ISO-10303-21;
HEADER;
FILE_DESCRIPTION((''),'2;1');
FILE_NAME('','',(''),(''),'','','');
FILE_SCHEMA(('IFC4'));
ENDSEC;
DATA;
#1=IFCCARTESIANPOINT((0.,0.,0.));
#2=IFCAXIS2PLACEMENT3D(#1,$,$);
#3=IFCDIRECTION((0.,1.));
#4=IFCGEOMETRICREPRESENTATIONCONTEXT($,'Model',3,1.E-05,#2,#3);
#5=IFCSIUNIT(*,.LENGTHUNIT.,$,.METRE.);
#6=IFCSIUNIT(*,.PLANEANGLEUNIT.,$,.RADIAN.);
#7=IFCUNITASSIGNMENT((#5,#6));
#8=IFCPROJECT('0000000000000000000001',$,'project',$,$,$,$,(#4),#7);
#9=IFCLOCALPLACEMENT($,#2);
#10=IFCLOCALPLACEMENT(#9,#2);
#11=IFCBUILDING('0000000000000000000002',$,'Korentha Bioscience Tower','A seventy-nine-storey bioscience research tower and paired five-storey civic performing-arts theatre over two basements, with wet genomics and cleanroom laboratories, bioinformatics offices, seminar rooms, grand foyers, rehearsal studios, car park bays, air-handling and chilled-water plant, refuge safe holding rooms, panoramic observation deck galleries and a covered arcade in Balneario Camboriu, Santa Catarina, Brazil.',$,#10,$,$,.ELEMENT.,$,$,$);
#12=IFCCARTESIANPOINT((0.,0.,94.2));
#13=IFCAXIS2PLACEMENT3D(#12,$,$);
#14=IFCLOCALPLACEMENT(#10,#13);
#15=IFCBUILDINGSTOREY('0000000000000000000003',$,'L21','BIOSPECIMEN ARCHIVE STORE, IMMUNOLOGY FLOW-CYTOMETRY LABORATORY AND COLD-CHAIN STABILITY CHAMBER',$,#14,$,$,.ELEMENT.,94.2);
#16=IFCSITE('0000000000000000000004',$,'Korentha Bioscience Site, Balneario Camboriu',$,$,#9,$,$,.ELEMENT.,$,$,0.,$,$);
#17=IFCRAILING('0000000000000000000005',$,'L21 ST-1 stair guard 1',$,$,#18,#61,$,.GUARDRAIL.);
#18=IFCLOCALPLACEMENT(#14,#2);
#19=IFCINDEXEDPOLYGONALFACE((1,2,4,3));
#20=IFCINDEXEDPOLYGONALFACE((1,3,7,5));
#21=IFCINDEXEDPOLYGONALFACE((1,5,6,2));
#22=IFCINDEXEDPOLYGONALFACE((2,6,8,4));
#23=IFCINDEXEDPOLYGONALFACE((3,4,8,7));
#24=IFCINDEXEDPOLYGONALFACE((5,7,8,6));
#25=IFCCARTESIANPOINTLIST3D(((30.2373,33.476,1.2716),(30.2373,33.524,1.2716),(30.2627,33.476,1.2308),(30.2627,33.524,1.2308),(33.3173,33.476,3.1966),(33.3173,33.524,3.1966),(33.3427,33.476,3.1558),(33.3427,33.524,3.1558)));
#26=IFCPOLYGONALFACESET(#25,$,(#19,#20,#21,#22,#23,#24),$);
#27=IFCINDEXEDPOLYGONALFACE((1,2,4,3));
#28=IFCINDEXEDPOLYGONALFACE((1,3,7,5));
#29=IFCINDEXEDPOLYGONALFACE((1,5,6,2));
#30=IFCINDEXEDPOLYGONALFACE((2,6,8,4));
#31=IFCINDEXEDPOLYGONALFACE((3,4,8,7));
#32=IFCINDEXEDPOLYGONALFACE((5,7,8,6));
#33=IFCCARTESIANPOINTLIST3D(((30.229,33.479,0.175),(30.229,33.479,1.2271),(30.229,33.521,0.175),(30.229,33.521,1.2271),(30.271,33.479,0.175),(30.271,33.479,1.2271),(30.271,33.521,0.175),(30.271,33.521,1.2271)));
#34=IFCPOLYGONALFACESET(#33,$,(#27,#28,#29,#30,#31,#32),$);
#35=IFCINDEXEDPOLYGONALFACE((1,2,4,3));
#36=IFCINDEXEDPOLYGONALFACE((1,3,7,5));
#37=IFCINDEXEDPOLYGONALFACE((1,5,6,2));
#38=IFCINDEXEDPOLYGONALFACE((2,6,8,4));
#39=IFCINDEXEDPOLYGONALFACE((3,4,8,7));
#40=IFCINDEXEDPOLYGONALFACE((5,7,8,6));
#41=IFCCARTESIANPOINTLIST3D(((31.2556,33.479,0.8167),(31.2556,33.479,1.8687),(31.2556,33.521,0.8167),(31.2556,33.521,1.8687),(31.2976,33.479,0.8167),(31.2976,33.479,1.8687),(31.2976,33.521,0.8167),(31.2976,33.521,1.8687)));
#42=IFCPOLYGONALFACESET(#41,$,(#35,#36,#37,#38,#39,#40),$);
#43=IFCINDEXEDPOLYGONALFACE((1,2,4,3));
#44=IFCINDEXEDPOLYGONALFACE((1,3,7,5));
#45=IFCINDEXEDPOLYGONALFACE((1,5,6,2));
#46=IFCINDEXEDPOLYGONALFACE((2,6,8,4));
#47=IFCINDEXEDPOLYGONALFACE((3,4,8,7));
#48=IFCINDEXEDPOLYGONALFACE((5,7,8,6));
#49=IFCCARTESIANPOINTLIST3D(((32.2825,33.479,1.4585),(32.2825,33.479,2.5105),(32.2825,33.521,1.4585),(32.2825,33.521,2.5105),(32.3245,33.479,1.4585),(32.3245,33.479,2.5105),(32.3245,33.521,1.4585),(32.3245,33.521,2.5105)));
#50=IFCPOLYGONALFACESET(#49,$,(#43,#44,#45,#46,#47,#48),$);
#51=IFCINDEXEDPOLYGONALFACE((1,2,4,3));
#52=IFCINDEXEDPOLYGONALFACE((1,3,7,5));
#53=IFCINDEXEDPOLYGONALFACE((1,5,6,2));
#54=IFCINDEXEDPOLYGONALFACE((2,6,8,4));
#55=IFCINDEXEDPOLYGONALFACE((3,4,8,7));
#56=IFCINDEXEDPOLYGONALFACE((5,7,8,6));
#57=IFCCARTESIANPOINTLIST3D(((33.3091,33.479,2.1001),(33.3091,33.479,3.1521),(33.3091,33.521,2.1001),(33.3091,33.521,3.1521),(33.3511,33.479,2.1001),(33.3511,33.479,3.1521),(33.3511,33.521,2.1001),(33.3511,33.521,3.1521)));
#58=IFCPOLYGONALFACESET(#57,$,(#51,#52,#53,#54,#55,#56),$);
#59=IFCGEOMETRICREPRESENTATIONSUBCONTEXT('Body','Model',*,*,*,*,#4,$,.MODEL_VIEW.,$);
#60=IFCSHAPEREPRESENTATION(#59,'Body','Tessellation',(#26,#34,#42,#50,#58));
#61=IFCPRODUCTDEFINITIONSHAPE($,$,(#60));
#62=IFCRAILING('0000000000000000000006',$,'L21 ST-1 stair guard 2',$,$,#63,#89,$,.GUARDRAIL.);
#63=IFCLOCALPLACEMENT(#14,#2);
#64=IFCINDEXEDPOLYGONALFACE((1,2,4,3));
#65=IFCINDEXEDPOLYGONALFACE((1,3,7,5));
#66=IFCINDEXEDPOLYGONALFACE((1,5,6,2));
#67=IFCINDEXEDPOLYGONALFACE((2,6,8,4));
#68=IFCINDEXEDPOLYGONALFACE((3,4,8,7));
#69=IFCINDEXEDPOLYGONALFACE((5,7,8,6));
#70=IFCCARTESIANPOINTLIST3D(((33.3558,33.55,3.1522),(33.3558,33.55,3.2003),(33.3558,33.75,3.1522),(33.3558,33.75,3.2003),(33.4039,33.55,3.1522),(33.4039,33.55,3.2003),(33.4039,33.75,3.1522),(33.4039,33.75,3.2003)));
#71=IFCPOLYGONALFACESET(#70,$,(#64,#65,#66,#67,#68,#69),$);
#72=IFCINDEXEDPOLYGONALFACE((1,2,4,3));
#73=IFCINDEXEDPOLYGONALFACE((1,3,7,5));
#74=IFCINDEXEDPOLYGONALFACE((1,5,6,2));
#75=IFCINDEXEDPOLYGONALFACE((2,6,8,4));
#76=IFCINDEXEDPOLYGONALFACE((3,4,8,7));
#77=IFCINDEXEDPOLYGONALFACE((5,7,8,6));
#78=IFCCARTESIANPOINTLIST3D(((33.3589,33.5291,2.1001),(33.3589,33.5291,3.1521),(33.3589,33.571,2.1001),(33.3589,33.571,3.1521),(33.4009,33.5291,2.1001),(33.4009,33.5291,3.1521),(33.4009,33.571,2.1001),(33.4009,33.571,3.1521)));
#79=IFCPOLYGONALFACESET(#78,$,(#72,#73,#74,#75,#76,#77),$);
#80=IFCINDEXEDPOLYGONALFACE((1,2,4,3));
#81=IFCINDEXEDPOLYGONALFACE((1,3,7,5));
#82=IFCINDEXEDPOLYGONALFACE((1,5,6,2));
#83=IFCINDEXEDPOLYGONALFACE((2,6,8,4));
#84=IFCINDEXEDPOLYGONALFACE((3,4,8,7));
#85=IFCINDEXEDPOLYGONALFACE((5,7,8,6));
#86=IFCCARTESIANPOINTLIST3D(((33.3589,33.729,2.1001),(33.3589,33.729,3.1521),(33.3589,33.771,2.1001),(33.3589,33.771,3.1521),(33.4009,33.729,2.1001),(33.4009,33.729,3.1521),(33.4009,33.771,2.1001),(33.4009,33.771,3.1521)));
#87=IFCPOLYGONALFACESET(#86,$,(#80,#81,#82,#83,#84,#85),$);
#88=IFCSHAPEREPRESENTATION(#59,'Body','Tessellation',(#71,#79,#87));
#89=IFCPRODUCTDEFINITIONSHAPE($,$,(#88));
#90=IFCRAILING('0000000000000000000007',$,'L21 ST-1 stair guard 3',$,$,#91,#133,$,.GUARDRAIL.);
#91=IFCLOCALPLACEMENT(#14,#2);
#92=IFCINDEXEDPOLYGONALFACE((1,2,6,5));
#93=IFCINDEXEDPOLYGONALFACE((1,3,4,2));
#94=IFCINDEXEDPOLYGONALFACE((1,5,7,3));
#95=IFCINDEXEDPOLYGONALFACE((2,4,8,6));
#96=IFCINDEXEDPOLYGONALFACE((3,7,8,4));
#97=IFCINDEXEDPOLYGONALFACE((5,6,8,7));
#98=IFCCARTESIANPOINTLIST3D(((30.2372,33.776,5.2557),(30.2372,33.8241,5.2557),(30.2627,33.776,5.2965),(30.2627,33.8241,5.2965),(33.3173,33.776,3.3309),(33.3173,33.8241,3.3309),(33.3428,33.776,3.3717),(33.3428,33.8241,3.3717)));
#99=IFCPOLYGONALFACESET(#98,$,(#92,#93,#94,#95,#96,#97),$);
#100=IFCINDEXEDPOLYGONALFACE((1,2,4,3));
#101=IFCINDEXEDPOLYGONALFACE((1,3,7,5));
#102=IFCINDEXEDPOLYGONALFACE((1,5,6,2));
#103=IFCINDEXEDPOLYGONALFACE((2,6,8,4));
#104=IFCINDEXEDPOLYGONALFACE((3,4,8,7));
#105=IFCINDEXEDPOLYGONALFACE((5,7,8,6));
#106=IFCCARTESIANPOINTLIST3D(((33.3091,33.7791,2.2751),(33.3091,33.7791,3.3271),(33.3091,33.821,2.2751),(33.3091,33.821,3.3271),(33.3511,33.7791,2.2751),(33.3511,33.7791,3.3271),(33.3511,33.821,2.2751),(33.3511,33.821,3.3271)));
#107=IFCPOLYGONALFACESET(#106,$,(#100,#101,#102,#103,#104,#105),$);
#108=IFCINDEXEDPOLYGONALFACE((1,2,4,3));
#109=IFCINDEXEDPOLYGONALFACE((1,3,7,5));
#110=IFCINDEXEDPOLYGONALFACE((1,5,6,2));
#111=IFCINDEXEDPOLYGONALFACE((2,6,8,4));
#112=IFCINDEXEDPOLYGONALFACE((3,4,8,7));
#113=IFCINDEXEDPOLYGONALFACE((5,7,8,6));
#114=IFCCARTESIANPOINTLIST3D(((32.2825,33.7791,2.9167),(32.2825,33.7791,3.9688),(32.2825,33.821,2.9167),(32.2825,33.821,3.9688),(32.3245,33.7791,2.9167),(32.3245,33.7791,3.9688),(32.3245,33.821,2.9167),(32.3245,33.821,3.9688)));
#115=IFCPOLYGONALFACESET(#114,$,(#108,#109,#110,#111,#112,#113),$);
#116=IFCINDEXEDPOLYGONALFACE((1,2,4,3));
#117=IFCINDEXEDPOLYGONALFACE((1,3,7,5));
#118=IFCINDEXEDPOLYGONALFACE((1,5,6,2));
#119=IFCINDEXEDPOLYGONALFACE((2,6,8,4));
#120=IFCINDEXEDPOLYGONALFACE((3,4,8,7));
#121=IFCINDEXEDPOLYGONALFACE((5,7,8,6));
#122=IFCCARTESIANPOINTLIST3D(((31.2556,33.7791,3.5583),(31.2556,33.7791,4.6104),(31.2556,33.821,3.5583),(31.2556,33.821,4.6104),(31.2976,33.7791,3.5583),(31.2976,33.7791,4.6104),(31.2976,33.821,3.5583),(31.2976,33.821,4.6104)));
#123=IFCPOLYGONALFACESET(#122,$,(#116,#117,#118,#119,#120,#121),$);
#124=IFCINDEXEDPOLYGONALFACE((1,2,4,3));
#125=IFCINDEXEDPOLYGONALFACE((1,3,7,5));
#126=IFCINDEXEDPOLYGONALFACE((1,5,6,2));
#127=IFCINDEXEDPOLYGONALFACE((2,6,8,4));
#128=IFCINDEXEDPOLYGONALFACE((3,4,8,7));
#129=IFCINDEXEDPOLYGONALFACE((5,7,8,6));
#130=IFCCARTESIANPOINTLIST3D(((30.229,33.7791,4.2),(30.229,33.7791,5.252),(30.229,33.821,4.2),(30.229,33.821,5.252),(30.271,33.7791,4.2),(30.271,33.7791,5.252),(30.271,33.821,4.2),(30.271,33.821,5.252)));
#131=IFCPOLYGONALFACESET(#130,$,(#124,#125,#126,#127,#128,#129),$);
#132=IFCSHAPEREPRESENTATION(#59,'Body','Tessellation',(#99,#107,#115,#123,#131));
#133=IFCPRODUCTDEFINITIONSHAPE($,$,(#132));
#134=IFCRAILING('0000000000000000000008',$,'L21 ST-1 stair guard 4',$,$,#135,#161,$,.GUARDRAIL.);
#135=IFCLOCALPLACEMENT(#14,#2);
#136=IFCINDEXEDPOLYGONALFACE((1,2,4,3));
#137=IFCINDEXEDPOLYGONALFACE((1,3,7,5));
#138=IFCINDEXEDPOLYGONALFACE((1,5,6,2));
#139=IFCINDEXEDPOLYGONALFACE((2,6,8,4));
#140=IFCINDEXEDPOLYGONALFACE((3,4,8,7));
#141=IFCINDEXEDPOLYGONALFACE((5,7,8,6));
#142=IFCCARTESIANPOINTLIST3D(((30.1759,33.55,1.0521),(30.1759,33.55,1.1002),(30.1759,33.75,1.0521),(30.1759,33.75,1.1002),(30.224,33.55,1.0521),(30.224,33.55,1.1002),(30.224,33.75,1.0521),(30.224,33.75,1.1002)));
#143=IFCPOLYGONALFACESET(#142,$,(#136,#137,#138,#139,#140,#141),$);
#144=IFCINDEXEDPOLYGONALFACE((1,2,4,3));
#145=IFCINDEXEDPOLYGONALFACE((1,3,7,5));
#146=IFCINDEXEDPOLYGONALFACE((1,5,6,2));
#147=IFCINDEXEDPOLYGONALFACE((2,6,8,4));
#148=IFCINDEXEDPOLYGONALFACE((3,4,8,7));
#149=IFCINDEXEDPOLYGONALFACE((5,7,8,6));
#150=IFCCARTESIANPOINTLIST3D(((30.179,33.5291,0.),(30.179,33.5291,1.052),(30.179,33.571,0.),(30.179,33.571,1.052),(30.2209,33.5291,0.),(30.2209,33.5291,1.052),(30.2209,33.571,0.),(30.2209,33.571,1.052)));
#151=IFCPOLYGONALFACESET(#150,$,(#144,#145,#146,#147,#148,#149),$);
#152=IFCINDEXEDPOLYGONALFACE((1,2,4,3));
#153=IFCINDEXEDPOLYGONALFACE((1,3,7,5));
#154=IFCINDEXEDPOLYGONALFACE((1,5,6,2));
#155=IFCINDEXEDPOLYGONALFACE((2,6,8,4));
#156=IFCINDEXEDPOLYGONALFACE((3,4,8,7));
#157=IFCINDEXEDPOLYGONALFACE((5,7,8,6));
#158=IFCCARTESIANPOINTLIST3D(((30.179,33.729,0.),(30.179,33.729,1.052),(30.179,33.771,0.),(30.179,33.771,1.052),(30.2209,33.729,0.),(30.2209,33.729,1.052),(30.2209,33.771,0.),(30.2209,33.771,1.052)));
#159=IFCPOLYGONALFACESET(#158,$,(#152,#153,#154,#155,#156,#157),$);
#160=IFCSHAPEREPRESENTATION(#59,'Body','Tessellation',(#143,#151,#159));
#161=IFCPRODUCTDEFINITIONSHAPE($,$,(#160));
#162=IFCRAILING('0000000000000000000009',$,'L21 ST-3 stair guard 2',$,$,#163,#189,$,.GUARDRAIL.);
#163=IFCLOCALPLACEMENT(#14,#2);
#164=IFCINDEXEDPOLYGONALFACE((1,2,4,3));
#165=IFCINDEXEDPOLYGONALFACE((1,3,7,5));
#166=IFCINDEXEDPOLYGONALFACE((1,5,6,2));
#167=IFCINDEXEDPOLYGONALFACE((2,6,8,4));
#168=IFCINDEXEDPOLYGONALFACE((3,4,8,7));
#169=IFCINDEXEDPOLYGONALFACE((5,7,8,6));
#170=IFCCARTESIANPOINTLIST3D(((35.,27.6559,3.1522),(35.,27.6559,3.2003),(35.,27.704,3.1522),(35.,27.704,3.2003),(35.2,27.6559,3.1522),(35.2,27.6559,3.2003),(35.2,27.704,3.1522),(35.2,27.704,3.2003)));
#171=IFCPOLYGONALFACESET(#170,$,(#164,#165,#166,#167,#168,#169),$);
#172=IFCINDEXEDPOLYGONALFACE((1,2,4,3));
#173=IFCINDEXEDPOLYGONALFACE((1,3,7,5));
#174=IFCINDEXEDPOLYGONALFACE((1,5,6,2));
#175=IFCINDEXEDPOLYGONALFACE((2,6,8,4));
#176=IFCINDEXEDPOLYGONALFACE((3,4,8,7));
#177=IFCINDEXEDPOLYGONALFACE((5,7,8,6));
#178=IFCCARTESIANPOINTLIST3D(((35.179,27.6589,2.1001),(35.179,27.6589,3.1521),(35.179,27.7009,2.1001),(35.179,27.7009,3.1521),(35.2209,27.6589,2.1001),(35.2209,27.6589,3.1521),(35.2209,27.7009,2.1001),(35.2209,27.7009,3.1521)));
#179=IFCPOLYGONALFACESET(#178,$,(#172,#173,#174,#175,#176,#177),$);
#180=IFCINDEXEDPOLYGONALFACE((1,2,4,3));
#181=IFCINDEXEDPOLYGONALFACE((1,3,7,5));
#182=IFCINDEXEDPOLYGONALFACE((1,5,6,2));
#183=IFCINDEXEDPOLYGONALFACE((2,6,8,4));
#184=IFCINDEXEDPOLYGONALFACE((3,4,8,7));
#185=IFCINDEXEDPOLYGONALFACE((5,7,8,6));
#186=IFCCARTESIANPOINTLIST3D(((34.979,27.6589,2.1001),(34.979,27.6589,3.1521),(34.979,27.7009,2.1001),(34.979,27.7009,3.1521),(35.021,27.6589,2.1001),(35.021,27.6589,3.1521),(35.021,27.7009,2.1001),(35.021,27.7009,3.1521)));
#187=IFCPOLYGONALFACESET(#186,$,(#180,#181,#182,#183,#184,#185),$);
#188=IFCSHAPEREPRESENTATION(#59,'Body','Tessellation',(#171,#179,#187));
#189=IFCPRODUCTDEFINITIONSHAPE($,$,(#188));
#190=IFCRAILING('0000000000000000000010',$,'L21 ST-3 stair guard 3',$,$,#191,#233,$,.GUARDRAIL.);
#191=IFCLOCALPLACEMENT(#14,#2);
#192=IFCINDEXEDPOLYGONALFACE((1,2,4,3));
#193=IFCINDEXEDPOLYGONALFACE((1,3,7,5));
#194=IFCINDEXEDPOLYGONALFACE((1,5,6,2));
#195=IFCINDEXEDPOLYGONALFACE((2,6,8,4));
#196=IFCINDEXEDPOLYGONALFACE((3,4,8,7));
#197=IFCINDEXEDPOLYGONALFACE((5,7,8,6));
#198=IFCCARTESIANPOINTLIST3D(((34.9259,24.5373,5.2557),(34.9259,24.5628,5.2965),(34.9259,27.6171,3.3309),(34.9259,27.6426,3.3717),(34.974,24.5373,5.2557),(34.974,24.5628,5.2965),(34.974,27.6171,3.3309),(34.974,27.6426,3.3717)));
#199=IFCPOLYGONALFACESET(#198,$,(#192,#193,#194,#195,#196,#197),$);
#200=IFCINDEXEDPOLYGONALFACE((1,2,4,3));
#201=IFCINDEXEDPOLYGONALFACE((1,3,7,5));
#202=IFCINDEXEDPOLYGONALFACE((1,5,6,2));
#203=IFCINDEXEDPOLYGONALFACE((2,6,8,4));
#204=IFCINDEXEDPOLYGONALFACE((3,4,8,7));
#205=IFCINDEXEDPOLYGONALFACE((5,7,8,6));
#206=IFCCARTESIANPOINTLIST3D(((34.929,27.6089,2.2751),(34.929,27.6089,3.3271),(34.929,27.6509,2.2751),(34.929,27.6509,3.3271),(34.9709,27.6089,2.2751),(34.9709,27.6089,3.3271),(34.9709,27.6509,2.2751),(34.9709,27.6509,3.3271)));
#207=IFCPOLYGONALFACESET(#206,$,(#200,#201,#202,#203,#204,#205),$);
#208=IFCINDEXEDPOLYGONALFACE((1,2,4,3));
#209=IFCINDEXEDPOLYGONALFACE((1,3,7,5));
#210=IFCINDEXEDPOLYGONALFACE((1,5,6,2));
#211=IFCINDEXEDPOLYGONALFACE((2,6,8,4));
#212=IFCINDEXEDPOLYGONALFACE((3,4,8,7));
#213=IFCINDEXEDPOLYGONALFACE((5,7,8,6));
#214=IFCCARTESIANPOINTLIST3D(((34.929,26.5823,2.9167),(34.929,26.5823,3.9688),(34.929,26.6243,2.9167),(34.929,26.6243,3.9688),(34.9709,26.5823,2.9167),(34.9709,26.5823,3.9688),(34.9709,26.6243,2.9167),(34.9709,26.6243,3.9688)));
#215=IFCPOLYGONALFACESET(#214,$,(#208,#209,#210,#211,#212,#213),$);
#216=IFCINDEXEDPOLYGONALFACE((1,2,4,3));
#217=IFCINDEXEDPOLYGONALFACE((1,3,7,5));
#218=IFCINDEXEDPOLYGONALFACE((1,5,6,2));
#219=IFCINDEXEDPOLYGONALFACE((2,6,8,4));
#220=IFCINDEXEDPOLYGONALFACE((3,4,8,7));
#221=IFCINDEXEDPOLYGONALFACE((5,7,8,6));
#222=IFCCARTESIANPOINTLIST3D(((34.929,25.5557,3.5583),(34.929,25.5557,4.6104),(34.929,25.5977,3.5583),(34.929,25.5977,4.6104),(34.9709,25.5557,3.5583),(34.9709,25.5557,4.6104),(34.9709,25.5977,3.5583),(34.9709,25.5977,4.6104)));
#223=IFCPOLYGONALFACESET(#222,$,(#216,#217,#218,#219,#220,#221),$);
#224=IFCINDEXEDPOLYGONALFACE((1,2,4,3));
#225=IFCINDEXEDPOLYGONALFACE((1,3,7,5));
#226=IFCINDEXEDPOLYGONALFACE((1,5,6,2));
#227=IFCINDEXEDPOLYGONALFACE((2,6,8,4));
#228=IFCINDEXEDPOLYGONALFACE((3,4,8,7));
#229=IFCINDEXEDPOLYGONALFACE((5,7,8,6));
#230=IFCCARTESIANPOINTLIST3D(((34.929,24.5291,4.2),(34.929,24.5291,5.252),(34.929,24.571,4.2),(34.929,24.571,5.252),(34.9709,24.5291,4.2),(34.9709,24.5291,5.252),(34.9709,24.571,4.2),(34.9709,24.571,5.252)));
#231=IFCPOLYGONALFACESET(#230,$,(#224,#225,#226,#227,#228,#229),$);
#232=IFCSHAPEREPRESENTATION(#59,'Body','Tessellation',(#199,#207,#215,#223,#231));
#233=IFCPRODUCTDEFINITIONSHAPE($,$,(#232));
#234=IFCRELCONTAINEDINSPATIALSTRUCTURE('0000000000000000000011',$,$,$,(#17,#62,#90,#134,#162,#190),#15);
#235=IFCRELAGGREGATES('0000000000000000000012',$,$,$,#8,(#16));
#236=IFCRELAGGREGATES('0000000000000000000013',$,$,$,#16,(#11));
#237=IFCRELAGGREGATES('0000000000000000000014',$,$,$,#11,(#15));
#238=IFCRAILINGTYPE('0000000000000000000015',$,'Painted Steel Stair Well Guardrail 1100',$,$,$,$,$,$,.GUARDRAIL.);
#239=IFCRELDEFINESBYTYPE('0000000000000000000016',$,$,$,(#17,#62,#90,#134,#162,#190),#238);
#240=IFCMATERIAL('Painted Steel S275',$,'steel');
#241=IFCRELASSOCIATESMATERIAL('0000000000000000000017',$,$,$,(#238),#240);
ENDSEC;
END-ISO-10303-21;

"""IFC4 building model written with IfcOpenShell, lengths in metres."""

from ifc_helpers import new_model, si_unit, direction, frame, origin, origin_2d, place, context, subcontext, project, spatial, rectangle, extrude, material, type_object, element, save


model = new_model("IFC4")

# Units and contexts
model_context = context("Model", 3, precision=1e-05, world=origin(), true_north=direction((0.0, 1.0)))
body_context = subcontext(model_context, "Body", "Model", "MODEL_VIEW")
ifc_project = project(units=[si_unit("LENGTHUNIT", "METRE"), si_unit("PLANEANGLEUNIT", "RADIAN")], contexts=[model_context])

# Site, building, storey
site_placement = place(None, origin())
site = spatial("IfcSite", under=ifc_project, at=site_placement, Name="Korentha Bioscience Site, Balneario Camboriu", CompositionType="ELEMENT", RefElevation=0.0)
building_placement = place(site_placement, origin())
building = spatial("IfcBuilding", under=site, at=building_placement, Name="Korentha Bioscience Tower", Description="A seventy-nine-storey bioscience research tower and paired five-storey civic performing-arts theatre over two basements, with wet genomics and cleanroom laboratories, bioinformatics offices, seminar rooms, grand foyers, rehearsal studios, car park bays, air-handling and chilled-water plant, refuge safe holding rooms, panoramic observation deck galleries and a covered arcade in Balneario Camboriu, Santa Catarina, Brazil.", CompositionType="ELEMENT")
storey_placement = place(building_placement, frame((0.0, 0.0, 94.2)))
storey = spatial("IfcBuildingStorey", under=building, at=storey_placement, Name="L21", Description="BIOSPECIMEN ARCHIVE STORE, IMMUNOLOGY FLOW-CYTOMETRY LABORATORY AND COLD-CHAIN STABILITY CHAMBER", CompositionType="ELEMENT", Elevation=94.2)

# Railings
ifc_material_1 = material(Name="Painted Steel S275", Category="steel")
railing_type_1 = type_object("IfcRailingType", Name="Painted Steel Stair Well Guardrail 1100", PredefinedType="GUARDRAIL", material=ifc_material_1)
railing_1_placement = place(storey_placement, frame((30.25, 33.5, 0.175)))
element("IfcRailing", 1, at=railing_1_placement, inside=storey, type_object=railing_type_1, Name="L21 ST-1 stair guard 1", PredefinedType="GUARDRAIL", context=body_context, shape_type="SweptSolid", body=[
    extrude(rectangle(XDim=0.0481, YDim=0.0481, at=origin_2d()), frame((0.0, 0.0, 1.0762), z_axis=(0.847998, 0.0, 0.529999), x_axis=(0.0, 1.0, 0.0)), (0.0, 0.0, 1.0), 3.6321),
    extrude(rectangle(XDim=0.042, YDim=0.042, at=origin_2d()), origin(), (0.0, 0.0, 1.0), 1.052),
    extrude(rectangle(XDim=0.042, YDim=0.042, at=origin_2d()), frame((1.0266, 0.0, 0.6416)), (0.0, 0.0, 1.0), 1.052),
    extrude(rectangle(XDim=0.042, YDim=0.042, at=origin_2d()), frame((2.0535, 0.0, 1.2834)), (0.0, 0.0, 1.0), 1.052),
    extrude(rectangle(XDim=0.042, YDim=0.042, at=origin_2d()), frame((3.0801, 0.0, 1.925)), (0.0, 0.0, 1.0), 1.052),
])
railing_2_placement = place(storey_placement, frame((33.3799, 33.55, 2.1001)))
element("IfcRailing", 2, at=railing_2_placement, inside=storey, type_object=railing_type_1, Name="L21 ST-1 stair guard 2", PredefinedType="GUARDRAIL", context=body_context, shape_type="SweptSolid", body=[
    extrude(rectangle(XDim=0.0481, YDim=0.0481, at=origin_2d()), frame((0.0, 0.0, 1.0762), z_axis=(0.0, 1.0, 0.0), x_axis=(-1.0, 0.0, 0.0)), (0.0, 0.0, 1.0), 0.2),
    extrude(rectangle(XDim=0.042, YDim=0.042, at=origin_2d()), origin(), (0.0, 0.0, 1.0), 1.052),
    extrude(rectangle(XDim=0.042, YDim=0.042, at=origin_2d()), frame((0.0, 0.2, 0.0)), (0.0, 0.0, 1.0), 1.052),
])
railing_3_placement = place(storey_placement, frame((33.3301, 33.8, 2.2751)))
element("IfcRailing", 3, at=railing_3_placement, inside=storey, type_object=railing_type_1, Name="L21 ST-1 stair guard 3", PredefinedType="GUARDRAIL", context=body_context, shape_type="SweptSolid", body=[
    extrude(rectangle(XDim=0.0481, YDim=0.0481, at=origin_2d()), frame((0.0, 0.0, 1.0762), z_axis=(-0.848029, 0.0, 0.529951), x_axis=(0.0, -1.0, 0.0)), (0.0, 0.0, 1.0), 3.6321),
    extrude(rectangle(XDim=0.042, YDim=0.042, at=origin_2d()), origin(), (0.0, 0.0, 1.0), 1.052),
    extrude(rectangle(XDim=0.042, YDim=0.042, at=origin_2d()), frame((-1.0266, 0.0, 0.6416)), (0.0, 0.0, 1.0), 1.052),
    extrude(rectangle(XDim=0.042, YDim=0.042, at=origin_2d()), frame((-2.0535, 0.0, 1.2832)), (0.0, 0.0, 1.0), 1.052),
    extrude(rectangle(XDim=0.042, YDim=0.042, at=origin_2d()), frame((-3.0801, 0.0, 1.9248)), (0.0, 0.0, 1.0), 1.052),
])
railing_4_placement = place(storey_placement, frame((30.2, 33.55, 0.0)))
element("IfcRailing", 4, at=railing_4_placement, inside=storey, type_object=railing_type_1, Name="L21 ST-1 stair guard 4", PredefinedType="GUARDRAIL", context=body_context, shape_type="SweptSolid", body=[
    extrude(rectangle(XDim=0.0481, YDim=0.0481, at=origin_2d()), frame((0.0, 0.0, 1.0762), z_axis=(0.0, 1.0, 0.0), x_axis=(-1.0, 0.0, 0.0)), (0.0, 0.0, 1.0), 0.2),
    extrude(rectangle(XDim=0.042, YDim=0.042, at=origin_2d()), origin(), (0.0, 0.0, 1.0), 1.052),
    extrude(rectangle(XDim=0.042, YDim=0.042, at=origin_2d()), frame((0.0, 0.2, 0.0)), (0.0, 0.0, 1.0), 1.052),
])
railing_5_placement = place(storey_placement, frame((35.2, 27.6799, 2.1001)))
element("IfcRailing", 5, at=railing_5_placement, inside=storey, type_object=railing_type_1, Name="L21 ST-3 stair guard 2", PredefinedType="GUARDRAIL", context=body_context, shape_type="SweptSolid", body=[
    extrude(rectangle(XDim=0.0481, YDim=0.0481, at=origin_2d()), frame((0.0, 0.0, 1.0762), z_axis=(-1.0, 0.0, 0.0), x_axis=(0.0, -1.0, 0.0)), (0.0, 0.0, 1.0), 0.2),
    extrude(rectangle(XDim=0.042, YDim=0.042, at=origin_2d()), origin(), (0.0, 0.0, 1.0), 1.052),
    extrude(rectangle(XDim=0.042, YDim=0.042, at=origin_2d()), frame((-0.2, 0.0, 0.0)), (0.0, 0.0, 1.0), 1.052),
])
railing_6_placement = place(storey_placement, frame((34.95, 27.6299, 2.2751)))
element("IfcRailing", 6, at=railing_6_placement, inside=storey, type_object=railing_type_1, Name="L21 ST-3 stair guard 3", PredefinedType="GUARDRAIL", context=body_context, shape_type="SweptSolid", body=[
    extrude(rectangle(XDim=0.0481, YDim=0.0481, at=origin_2d()), frame((0.0, 0.0, 1.0762), z_axis=(0.0, -0.84801, 0.529981), x_axis=(1.0, 0.0, 0.0)), (0.0, 0.0, 1.0), 3.6318),
    extrude(rectangle(XDim=0.042, YDim=0.042, at=origin_2d()), origin(), (0.0, 0.0, 1.0), 1.052),
    extrude(rectangle(XDim=0.042, YDim=0.042, at=origin_2d()), frame((0.0, -1.0266, 0.6416)), (0.0, 0.0, 1.0), 1.052),
    extrude(rectangle(XDim=0.042, YDim=0.042, at=origin_2d()), frame((0.0, -2.0532, 1.2832)), (0.0, 0.0, 1.0), 1.052),
    extrude(rectangle(XDim=0.042, YDim=0.042, at=origin_2d()), frame((0.0, -3.0798, 1.9248)), (0.0, 0.0, 1.0), 1.052),
])

save(model, "model.ifc")
